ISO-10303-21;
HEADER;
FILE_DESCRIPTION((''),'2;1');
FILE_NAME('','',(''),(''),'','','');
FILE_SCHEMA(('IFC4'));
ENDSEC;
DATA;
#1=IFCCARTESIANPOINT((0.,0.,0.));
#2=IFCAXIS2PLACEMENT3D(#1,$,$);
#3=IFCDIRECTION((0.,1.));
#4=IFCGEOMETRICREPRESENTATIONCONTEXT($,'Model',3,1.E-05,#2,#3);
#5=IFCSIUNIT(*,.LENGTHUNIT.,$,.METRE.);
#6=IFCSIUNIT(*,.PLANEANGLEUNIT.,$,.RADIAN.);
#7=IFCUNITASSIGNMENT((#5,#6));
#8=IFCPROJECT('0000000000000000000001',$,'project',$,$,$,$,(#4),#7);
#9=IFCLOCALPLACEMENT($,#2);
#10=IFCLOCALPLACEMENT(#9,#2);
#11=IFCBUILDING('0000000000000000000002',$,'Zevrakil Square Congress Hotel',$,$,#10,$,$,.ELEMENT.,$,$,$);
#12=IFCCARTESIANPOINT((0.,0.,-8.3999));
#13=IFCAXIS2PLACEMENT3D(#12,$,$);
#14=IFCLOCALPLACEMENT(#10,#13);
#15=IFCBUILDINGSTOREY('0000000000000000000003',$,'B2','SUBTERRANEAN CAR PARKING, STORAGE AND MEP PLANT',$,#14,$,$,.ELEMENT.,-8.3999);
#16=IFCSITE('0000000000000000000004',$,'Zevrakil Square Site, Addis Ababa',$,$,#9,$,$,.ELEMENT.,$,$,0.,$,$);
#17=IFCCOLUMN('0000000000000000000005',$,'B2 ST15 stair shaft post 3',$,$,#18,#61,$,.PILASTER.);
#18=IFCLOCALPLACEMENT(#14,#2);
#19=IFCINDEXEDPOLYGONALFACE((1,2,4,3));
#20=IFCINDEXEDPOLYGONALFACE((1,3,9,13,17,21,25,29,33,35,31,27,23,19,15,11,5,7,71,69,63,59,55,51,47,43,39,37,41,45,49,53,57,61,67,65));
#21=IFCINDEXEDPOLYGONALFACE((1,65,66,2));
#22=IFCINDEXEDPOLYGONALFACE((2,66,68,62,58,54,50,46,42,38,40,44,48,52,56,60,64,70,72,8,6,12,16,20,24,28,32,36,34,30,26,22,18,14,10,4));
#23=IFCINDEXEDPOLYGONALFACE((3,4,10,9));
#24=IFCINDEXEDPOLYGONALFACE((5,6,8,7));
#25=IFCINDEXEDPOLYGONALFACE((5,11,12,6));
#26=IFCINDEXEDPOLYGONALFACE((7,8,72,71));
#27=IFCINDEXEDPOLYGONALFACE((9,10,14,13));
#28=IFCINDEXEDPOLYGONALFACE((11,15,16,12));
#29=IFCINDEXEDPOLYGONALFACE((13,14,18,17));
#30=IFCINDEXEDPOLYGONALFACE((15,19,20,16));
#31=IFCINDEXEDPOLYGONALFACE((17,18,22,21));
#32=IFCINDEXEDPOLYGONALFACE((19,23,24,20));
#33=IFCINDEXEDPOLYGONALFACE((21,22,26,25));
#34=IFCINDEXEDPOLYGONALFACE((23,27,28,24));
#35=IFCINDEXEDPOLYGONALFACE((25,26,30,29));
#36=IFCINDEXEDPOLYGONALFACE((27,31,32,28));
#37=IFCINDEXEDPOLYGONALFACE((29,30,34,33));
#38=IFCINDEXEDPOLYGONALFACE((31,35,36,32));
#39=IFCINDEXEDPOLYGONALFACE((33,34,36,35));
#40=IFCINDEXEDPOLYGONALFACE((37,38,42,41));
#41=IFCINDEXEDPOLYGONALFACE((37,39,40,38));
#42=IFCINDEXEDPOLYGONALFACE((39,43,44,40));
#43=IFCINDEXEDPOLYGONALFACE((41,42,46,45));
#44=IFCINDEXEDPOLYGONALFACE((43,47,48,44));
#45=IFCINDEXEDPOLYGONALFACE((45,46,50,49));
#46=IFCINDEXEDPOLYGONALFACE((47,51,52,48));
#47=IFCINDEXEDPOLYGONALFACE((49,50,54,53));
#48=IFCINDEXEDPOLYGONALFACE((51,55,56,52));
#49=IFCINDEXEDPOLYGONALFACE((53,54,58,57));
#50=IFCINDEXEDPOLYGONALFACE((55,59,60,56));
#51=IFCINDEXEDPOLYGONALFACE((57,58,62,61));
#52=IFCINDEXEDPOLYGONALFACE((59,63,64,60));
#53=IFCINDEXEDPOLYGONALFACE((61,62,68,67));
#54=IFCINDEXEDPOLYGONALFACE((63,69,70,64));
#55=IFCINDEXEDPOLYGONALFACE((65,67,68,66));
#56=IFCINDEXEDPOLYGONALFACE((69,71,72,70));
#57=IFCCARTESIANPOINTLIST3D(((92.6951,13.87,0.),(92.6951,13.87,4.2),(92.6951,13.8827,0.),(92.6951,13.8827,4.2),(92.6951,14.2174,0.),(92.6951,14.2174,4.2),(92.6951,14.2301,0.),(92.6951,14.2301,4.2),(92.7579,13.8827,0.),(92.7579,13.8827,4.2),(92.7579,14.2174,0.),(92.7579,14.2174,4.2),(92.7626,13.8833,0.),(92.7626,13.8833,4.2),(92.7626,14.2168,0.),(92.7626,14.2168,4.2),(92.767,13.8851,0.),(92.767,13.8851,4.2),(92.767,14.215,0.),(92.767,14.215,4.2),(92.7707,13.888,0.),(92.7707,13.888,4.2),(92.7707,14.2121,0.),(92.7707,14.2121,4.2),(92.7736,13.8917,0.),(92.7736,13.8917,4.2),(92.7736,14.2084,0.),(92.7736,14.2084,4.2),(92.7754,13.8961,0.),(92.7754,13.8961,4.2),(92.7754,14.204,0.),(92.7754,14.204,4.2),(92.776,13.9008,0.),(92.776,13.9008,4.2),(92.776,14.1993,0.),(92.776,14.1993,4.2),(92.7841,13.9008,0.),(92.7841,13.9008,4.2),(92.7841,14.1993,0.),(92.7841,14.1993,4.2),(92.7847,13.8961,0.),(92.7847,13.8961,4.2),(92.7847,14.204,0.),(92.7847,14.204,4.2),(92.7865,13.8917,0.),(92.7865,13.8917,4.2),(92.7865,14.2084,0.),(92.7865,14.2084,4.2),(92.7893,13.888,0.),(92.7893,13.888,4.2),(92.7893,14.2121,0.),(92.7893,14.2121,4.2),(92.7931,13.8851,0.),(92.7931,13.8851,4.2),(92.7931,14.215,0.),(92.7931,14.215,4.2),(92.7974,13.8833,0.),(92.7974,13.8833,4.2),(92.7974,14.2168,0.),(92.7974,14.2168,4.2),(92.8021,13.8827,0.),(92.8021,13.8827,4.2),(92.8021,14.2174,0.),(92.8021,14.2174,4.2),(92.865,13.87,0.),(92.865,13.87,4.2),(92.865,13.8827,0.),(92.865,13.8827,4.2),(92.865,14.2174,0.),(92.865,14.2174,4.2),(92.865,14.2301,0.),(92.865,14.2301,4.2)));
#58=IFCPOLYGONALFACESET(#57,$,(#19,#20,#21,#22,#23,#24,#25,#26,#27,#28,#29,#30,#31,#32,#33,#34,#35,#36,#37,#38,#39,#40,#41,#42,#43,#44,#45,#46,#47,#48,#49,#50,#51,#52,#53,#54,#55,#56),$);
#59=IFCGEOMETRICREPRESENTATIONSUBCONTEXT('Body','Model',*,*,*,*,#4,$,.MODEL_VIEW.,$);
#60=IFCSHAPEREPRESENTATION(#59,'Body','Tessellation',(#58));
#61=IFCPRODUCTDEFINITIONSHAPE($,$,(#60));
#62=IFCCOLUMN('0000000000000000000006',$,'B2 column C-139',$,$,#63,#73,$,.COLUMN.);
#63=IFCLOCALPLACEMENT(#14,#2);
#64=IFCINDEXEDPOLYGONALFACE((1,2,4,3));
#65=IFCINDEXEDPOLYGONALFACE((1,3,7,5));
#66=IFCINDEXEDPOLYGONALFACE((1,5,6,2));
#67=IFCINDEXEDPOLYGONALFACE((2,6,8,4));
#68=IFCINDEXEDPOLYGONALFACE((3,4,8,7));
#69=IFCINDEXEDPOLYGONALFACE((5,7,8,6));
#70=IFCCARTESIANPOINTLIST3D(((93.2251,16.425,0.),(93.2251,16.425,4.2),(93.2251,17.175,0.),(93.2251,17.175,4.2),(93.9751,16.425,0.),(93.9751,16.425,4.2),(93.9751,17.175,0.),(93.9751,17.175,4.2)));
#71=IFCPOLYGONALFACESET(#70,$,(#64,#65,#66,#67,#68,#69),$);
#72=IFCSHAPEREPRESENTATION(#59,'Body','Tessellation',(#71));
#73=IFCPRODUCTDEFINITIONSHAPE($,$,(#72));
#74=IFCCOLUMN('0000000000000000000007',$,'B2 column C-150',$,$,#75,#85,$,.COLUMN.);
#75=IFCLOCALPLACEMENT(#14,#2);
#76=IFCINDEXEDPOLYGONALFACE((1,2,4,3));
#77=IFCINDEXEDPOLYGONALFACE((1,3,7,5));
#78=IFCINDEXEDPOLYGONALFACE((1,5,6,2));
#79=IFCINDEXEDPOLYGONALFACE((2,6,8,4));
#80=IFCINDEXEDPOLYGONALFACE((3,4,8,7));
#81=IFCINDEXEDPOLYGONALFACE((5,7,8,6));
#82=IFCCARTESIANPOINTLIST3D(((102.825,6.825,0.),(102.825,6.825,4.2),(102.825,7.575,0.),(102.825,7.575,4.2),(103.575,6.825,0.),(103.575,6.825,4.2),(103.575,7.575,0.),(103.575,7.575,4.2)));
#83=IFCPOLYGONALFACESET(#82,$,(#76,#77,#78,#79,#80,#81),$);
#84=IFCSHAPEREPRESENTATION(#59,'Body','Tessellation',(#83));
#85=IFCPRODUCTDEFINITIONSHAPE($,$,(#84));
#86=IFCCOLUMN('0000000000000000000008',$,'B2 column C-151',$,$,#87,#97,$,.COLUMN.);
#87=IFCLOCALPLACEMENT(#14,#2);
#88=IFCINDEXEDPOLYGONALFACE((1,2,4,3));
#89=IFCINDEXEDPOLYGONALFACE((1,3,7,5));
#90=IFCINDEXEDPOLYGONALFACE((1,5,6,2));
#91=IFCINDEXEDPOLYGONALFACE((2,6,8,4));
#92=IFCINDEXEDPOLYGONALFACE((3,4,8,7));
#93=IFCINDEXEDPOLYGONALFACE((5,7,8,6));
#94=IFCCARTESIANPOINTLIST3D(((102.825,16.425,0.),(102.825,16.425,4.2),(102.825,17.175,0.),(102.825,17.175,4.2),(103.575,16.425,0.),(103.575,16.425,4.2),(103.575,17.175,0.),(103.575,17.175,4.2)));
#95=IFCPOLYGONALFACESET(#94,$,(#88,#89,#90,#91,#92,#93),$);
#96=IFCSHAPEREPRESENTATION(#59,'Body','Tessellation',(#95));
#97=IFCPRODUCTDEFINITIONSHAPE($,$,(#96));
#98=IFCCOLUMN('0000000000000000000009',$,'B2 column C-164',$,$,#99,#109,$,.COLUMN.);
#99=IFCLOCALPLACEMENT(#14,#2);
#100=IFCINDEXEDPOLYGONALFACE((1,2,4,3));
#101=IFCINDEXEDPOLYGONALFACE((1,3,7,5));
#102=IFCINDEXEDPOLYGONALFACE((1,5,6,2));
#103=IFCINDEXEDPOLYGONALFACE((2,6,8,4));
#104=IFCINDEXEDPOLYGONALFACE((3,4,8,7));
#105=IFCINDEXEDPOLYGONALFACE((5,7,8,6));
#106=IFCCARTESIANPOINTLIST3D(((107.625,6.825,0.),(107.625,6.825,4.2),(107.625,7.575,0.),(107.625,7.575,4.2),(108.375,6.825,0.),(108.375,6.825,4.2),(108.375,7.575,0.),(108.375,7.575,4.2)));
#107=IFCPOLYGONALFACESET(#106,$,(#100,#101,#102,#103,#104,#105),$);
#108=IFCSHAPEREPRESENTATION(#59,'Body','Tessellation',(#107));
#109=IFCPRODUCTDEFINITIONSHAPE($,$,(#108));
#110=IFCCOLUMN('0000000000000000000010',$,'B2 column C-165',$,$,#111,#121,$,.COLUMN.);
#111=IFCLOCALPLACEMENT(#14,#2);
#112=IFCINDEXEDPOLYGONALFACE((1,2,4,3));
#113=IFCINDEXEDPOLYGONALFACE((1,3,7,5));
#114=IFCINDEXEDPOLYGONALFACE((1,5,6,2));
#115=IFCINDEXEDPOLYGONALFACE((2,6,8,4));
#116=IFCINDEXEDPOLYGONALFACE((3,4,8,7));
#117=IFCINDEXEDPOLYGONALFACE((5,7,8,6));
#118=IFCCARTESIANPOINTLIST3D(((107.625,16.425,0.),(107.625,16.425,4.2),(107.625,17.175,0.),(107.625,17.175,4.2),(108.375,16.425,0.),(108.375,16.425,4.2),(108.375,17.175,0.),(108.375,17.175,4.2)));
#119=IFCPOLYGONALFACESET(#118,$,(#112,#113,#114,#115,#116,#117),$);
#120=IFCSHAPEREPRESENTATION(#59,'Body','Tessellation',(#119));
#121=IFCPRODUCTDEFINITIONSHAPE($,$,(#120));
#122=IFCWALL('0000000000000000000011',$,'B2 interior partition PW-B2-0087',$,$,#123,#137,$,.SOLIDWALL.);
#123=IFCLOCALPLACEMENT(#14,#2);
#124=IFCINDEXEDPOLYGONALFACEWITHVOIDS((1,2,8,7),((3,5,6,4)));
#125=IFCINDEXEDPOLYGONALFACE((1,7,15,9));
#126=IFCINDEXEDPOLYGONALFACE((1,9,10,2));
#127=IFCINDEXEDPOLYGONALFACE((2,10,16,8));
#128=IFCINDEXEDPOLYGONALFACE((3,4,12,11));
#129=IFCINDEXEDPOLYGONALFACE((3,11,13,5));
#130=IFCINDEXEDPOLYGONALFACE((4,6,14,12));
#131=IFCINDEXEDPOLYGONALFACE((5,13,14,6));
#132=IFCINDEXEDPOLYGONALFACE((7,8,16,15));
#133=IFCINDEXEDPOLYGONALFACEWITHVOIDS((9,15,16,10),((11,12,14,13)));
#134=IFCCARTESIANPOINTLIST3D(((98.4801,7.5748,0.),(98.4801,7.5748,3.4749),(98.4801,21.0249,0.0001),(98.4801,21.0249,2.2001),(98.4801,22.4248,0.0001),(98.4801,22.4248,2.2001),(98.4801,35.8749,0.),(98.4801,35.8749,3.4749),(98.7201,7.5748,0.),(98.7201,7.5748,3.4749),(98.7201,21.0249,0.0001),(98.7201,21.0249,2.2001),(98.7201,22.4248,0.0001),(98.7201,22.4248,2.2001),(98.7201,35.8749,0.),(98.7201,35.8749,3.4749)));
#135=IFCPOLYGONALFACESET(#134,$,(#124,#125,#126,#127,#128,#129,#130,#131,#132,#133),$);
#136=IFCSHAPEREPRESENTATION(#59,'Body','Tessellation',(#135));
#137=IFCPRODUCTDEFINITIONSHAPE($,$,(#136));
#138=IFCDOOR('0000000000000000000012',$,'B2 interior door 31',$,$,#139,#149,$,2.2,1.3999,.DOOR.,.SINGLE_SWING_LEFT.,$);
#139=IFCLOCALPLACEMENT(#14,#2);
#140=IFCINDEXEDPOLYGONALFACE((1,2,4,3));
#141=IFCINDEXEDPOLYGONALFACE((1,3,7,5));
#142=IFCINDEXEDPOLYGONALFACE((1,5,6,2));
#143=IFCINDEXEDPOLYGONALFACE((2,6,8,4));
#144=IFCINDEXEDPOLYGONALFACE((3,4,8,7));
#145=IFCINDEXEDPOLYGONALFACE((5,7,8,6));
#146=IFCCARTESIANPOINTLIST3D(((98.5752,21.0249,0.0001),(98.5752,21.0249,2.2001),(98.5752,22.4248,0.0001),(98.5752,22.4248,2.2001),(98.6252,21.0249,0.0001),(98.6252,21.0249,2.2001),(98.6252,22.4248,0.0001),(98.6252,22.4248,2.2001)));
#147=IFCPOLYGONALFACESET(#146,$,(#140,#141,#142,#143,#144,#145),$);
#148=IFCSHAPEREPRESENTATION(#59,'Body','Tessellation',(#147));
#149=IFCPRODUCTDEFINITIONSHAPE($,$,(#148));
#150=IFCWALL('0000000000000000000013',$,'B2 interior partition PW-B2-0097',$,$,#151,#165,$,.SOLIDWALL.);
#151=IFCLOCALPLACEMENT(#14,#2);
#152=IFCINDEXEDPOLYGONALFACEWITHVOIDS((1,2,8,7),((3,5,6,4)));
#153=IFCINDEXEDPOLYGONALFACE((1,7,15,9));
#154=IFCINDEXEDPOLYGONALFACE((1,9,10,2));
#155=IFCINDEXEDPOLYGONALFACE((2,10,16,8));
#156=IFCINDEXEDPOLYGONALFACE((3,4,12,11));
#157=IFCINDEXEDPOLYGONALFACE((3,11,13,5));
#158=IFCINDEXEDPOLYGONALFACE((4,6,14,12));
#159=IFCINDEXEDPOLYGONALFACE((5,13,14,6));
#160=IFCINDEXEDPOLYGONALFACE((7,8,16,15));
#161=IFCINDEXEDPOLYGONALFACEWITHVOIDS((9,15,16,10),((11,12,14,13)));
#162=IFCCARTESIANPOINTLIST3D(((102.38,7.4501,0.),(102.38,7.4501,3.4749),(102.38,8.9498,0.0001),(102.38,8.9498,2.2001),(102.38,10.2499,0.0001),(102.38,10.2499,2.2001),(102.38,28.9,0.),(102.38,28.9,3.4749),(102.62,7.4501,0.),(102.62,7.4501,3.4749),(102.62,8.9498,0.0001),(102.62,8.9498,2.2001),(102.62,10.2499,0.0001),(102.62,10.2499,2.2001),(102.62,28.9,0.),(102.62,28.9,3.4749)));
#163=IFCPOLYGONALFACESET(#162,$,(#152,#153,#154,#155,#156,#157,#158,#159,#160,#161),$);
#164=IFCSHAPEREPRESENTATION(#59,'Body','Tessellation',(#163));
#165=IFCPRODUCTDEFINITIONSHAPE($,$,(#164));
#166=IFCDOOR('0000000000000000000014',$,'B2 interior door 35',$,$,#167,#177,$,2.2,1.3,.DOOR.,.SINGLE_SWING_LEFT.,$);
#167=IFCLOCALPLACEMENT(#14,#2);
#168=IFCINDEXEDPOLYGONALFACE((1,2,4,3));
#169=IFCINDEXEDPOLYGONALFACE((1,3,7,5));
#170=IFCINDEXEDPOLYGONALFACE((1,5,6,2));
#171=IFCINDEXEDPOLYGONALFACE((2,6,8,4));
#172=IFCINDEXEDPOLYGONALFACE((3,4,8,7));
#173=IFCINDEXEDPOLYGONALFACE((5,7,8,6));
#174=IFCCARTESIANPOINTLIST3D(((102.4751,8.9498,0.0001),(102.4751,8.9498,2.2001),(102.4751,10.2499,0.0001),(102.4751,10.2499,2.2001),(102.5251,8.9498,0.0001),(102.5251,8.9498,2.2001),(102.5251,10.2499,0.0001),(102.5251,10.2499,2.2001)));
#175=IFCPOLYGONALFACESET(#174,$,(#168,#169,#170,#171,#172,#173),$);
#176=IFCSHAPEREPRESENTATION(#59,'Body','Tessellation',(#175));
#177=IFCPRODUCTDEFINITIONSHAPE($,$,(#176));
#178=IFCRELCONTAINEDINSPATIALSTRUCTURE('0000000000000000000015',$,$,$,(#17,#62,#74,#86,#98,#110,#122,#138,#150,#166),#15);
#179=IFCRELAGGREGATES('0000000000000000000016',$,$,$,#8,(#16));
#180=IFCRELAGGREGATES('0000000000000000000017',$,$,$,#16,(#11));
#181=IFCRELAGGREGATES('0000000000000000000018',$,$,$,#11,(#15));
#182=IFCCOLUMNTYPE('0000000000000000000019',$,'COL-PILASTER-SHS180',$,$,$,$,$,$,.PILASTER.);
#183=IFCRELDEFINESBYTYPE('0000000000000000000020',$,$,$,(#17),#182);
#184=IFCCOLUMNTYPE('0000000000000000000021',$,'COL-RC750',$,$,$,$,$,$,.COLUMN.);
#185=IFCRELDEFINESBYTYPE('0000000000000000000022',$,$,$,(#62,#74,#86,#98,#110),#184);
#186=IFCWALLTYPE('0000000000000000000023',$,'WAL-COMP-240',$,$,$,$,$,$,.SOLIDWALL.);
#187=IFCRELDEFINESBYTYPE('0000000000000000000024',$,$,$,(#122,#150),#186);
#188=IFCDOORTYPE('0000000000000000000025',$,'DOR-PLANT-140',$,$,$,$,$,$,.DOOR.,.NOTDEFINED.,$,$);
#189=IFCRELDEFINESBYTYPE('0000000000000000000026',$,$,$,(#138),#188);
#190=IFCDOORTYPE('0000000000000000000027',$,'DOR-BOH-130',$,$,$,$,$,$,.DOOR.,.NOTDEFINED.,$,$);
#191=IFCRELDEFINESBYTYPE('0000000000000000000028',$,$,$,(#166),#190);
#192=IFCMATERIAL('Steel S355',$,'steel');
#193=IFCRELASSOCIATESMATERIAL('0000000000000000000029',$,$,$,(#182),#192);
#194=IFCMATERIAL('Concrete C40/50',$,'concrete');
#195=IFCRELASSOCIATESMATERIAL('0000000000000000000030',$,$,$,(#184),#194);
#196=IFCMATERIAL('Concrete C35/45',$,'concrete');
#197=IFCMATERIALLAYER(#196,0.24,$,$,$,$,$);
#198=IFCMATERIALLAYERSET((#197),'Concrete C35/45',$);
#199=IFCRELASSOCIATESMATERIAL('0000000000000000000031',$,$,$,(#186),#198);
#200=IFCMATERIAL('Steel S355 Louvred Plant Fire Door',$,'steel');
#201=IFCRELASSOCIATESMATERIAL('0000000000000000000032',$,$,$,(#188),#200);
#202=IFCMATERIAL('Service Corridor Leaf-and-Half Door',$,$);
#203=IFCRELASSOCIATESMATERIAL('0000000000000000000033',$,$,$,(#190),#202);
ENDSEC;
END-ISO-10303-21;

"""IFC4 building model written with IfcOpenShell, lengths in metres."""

from ifc_helpers import new_model, si_unit, direction, frame, frame_2d, origin, origin_2d, place, context, subcontext, project, spatial, rectangle, i_section, extrude, material, layer, layer_set, material_profile, profile_set, type_object, element, fill, save


model = new_model("IFC4")

# Units and contexts
model_context = context("Model", 3, precision=1e-05, world=origin(), true_north=direction((0.0, 1.0)))
body_context = subcontext(model_context, "Body", "Model", "MODEL_VIEW")
ifc_project = project(units=[si_unit("LENGTHUNIT", "METRE"), si_unit("PLANEANGLEUNIT", "RADIAN")], contexts=[model_context])

# Site, building, storey
site_placement = place(None, origin())
site = spatial("IfcSite", under=ifc_project, at=site_placement, Name="Zevrakil Square Site, Addis Ababa", CompositionType="ELEMENT", RefElevation=0.0)
building_placement = place(site_placement, origin())
building = spatial("IfcBuilding", under=site, at=building_placement, Name="Zevrakil Square Congress Hotel", CompositionType="ELEMENT")
storey_placement = place(building_placement, frame((0.0, 0.0, -8.3999)))
storey = spatial("IfcBuildingStorey", under=building, at=storey_placement, Name="B2", Description="SUBTERRANEAN CAR PARKING, STORAGE AND MEP PLANT", CompositionType="ELEMENT", Elevation=-8.3999)

# Columns
ifc_material_1 = material(Name="Steel S355", Category="steel")
ifc_material_profile_1 = material_profile(ifc_material_1, i_section(OverallWidth=0.1699, OverallDepth=0.3601, WebThickness=0.0081, FlangeThickness=0.0127, FilletRadius=0.0181, at=origin_2d()), Name="IPE 360")
ifc_profile_set_1 = profile_set([ifc_material_profile_1], Name="Steel S355")
column_type_1 = type_object("IfcColumnType", Name="COL-PILASTER-SHS180", PredefinedType="PILASTER", material=ifc_profile_set_1)
for number, where, z_axis, x_axis, name in (
    (1, (92.78, 14.05, 0.0), (0.0, 0.0, 1.0), (1.0, 0.0, 0.0), "B2 ST15 stair shaft post 3"),
):
    element("IfcColumn", number, at=place(storey_placement, frame(where, z_axis=z_axis, x_axis=x_axis)), inside=storey, type_object=column_type_1, Name=name, PredefinedType="PILASTER", context=body_context, shape_type="SweptSolid", body=[
        extrude(i_section(OverallWidth=0.1699, OverallDepth=0.3601, WebThickness=0.0081, FlangeThickness=0.0127, FilletRadius=0.0181, at=origin_2d()), origin(), (0.0, 0.0, 1.0), 4.2),
    ])
ifc_material_2 = material(Name="Concrete C40/50", Category="concrete")
ifc_material_profile_2 = material_profile(ifc_material_2, rectangle(XDim=0.75, YDim=0.75, at=origin_2d()), Name="RC 750x750")
ifc_profile_set_2 = profile_set([ifc_material_profile_2], Name="Concrete C40/50")
column_type_2 = type_object("IfcColumnType", Name="COL-RC750", PredefinedType="COLUMN", material=ifc_profile_set_2)
for number, where, z_axis, x_axis, name in (
    (2, (93.6001, 16.8, 0.0), (0.0, 0.0, 1.0), (1.0, 0.0, 0.0), "B2 column C-139"),
    (3, (103.2, 7.2, 0.0), (0.0, 0.0, 1.0), (1.0, 0.0, 0.0), "B2 column C-150"),
    (4, (103.2, 16.8, 0.0), (0.0, 0.0, 1.0), (1.0, 0.0, 0.0), "B2 column C-151"),
    (5, (108.0, 7.2, 0.0), (0.0, 0.0, 1.0), (1.0, 0.0, 0.0), "B2 column C-164"),
    (6, (108.0, 16.8, 0.0), (0.0, 0.0, 1.0), (1.0, 0.0, 0.0), "B2 column C-165"),
):
    element("IfcColumn", number, at=place(storey_placement, frame(where, z_axis=z_axis, x_axis=x_axis)), inside=storey, type_object=column_type_2, Name=name, PredefinedType="COLUMN", context=body_context, shape_type="SweptSolid", body=[
        extrude(rectangle(XDim=0.75, YDim=0.75, at=origin_2d()), origin(), (0.0, 0.0, 1.0), 4.2),
    ])

# Walls, openings, doors
ifc_material_3 = material(Name="Concrete C35/45", Category="concrete")
ifc_layer = layer(ifc_material_3, 0.24)
ifc_layer_set = layer_set([ifc_layer], Name="Concrete C35/45")
wall_type = type_object("IfcWallType", Name="WAL-COMP-240", PredefinedType="SOLIDWALL", material=ifc_layer_set)
wall_1_placement = place(storey_placement, frame((98.6001, 7.575, 0.0), z_axis=(0.0, 0.0, 1.0), x_axis=(0.0, 1.0, 0.0)))
wall_1 = element("IfcWall", 7, at=wall_1_placement, inside=storey, type_object=wall_type, Name="B2 interior partition PW-B2-0087", PredefinedType="SOLIDWALL", context=body_context, shape_type="SweptSolid", body=[
    extrude(rectangle(XDim=28.3, YDim=0.24, at=frame_2d((14.1499, 0.0))), origin(), (0.0, 0.0, 1.0), 3.4749),
])
opening_1_placement = place(wall_1_placement, frame((13.45, 0.0, 0.0)))
opening_1 = element("IfcOpeningElement", 8, at=opening_1_placement, cuts=wall_1, PredefinedType="OPENING", context=body_context, shape_type="SweptSolid", body=[
    extrude(rectangle(XDim=1.3999, YDim=2.2, at=frame_2d((0.7, 1.1001))), frame((0.0, 0.1299, 0.0), z_axis=(0.0, -1.0, 0.0), x_axis=(1.0, 0.0, 0.0)), (0.0, 0.0, 1.0), 0.26),
])
ifc_material_4 = material(Name="Steel S355 Louvred Plant Fire Door", Category="steel")
door_type_1 = type_object("IfcDoorType", Name="DOR-PLANT-140", OperationType="NOTDEFINED", PredefinedType="DOOR", material=ifc_material_4)
door_1_placement = place(opening_1_placement, origin())
door_1 = element("IfcDoor", 9, at=door_1_placement, inside=storey, type_object=door_type_1, Name="B2 interior door 31", OperationType="SINGLE_SWING_LEFT", OverallHeight=2.2, OverallWidth=1.3999, PredefinedType="DOOR", context=body_context, shape_type="SweptSolid", body=[
    extrude(rectangle(XDim=1.3999, YDim=2.2, at=frame_2d((0.7, 1.1001))), frame((0.0, 0.0249, 0.0), z_axis=(0.0, -1.0, 0.0), x_axis=(1.0, 0.0, 0.0)), (0.0, 0.0, 1.0), 0.05),
])
fill(opening_1, door_1)
wall_2_placement = place(storey_placement, frame((102.5, 7.45, 0.0), z_axis=(0.0, 0.0, 1.0), x_axis=(0.0, 1.0, 0.0)))
wall_2 = element("IfcWall", 10, at=wall_2_placement, inside=storey, type_object=wall_type, Name="B2 interior partition PW-B2-0097", PredefinedType="SOLIDWALL", context=body_context, shape_type="SweptSolid", body=[
    extrude(rectangle(XDim=21.45, YDim=0.24, at=frame_2d((10.7251, 0.0))), origin(), (0.0, 0.0, 1.0), 3.4749),
])
opening_2_placement = place(wall_2_placement, frame((1.5, 0.0, 0.0)))
opening_2 = element("IfcOpeningElement", 11, at=opening_2_placement, cuts=wall_2, PredefinedType="OPENING", context=body_context, shape_type="SweptSolid", body=[
    extrude(rectangle(XDim=1.3, YDim=2.2, at=frame_2d((0.6499, 1.1001))), frame((0.0, 0.1299, 0.0), z_axis=(0.0, -1.0, 0.0), x_axis=(1.0, 0.0, 0.0)), (0.0, 0.0, 1.0), 0.26),
])
ifc_material_5 = material(Name="Service Corridor Leaf-and-Half Door")
door_type_2 = type_object("IfcDoorType", Name="DOR-BOH-130", OperationType="NOTDEFINED", PredefinedType="DOOR", material=ifc_material_5)
door_2_placement = place(opening_2_placement, origin())
door_2 = element("IfcDoor", 12, at=door_2_placement, inside=storey, type_object=door_type_2, Name="B2 interior door 35", OperationType="SINGLE_SWING_LEFT", OverallHeight=2.2, OverallWidth=1.3, PredefinedType="DOOR", context=body_context, shape_type="SweptSolid", body=[
    extrude(rectangle(XDim=1.3, YDim=2.2, at=frame_2d((0.6499, 1.1001))), frame((0.0, 0.0249, 0.0), z_axis=(0.0, -1.0, 0.0), x_axis=(1.0, 0.0, 0.0)), (0.0, 0.0, 1.0), 0.05),
])
fill(opening_2, door_2)

save(model, "model.ifc")
